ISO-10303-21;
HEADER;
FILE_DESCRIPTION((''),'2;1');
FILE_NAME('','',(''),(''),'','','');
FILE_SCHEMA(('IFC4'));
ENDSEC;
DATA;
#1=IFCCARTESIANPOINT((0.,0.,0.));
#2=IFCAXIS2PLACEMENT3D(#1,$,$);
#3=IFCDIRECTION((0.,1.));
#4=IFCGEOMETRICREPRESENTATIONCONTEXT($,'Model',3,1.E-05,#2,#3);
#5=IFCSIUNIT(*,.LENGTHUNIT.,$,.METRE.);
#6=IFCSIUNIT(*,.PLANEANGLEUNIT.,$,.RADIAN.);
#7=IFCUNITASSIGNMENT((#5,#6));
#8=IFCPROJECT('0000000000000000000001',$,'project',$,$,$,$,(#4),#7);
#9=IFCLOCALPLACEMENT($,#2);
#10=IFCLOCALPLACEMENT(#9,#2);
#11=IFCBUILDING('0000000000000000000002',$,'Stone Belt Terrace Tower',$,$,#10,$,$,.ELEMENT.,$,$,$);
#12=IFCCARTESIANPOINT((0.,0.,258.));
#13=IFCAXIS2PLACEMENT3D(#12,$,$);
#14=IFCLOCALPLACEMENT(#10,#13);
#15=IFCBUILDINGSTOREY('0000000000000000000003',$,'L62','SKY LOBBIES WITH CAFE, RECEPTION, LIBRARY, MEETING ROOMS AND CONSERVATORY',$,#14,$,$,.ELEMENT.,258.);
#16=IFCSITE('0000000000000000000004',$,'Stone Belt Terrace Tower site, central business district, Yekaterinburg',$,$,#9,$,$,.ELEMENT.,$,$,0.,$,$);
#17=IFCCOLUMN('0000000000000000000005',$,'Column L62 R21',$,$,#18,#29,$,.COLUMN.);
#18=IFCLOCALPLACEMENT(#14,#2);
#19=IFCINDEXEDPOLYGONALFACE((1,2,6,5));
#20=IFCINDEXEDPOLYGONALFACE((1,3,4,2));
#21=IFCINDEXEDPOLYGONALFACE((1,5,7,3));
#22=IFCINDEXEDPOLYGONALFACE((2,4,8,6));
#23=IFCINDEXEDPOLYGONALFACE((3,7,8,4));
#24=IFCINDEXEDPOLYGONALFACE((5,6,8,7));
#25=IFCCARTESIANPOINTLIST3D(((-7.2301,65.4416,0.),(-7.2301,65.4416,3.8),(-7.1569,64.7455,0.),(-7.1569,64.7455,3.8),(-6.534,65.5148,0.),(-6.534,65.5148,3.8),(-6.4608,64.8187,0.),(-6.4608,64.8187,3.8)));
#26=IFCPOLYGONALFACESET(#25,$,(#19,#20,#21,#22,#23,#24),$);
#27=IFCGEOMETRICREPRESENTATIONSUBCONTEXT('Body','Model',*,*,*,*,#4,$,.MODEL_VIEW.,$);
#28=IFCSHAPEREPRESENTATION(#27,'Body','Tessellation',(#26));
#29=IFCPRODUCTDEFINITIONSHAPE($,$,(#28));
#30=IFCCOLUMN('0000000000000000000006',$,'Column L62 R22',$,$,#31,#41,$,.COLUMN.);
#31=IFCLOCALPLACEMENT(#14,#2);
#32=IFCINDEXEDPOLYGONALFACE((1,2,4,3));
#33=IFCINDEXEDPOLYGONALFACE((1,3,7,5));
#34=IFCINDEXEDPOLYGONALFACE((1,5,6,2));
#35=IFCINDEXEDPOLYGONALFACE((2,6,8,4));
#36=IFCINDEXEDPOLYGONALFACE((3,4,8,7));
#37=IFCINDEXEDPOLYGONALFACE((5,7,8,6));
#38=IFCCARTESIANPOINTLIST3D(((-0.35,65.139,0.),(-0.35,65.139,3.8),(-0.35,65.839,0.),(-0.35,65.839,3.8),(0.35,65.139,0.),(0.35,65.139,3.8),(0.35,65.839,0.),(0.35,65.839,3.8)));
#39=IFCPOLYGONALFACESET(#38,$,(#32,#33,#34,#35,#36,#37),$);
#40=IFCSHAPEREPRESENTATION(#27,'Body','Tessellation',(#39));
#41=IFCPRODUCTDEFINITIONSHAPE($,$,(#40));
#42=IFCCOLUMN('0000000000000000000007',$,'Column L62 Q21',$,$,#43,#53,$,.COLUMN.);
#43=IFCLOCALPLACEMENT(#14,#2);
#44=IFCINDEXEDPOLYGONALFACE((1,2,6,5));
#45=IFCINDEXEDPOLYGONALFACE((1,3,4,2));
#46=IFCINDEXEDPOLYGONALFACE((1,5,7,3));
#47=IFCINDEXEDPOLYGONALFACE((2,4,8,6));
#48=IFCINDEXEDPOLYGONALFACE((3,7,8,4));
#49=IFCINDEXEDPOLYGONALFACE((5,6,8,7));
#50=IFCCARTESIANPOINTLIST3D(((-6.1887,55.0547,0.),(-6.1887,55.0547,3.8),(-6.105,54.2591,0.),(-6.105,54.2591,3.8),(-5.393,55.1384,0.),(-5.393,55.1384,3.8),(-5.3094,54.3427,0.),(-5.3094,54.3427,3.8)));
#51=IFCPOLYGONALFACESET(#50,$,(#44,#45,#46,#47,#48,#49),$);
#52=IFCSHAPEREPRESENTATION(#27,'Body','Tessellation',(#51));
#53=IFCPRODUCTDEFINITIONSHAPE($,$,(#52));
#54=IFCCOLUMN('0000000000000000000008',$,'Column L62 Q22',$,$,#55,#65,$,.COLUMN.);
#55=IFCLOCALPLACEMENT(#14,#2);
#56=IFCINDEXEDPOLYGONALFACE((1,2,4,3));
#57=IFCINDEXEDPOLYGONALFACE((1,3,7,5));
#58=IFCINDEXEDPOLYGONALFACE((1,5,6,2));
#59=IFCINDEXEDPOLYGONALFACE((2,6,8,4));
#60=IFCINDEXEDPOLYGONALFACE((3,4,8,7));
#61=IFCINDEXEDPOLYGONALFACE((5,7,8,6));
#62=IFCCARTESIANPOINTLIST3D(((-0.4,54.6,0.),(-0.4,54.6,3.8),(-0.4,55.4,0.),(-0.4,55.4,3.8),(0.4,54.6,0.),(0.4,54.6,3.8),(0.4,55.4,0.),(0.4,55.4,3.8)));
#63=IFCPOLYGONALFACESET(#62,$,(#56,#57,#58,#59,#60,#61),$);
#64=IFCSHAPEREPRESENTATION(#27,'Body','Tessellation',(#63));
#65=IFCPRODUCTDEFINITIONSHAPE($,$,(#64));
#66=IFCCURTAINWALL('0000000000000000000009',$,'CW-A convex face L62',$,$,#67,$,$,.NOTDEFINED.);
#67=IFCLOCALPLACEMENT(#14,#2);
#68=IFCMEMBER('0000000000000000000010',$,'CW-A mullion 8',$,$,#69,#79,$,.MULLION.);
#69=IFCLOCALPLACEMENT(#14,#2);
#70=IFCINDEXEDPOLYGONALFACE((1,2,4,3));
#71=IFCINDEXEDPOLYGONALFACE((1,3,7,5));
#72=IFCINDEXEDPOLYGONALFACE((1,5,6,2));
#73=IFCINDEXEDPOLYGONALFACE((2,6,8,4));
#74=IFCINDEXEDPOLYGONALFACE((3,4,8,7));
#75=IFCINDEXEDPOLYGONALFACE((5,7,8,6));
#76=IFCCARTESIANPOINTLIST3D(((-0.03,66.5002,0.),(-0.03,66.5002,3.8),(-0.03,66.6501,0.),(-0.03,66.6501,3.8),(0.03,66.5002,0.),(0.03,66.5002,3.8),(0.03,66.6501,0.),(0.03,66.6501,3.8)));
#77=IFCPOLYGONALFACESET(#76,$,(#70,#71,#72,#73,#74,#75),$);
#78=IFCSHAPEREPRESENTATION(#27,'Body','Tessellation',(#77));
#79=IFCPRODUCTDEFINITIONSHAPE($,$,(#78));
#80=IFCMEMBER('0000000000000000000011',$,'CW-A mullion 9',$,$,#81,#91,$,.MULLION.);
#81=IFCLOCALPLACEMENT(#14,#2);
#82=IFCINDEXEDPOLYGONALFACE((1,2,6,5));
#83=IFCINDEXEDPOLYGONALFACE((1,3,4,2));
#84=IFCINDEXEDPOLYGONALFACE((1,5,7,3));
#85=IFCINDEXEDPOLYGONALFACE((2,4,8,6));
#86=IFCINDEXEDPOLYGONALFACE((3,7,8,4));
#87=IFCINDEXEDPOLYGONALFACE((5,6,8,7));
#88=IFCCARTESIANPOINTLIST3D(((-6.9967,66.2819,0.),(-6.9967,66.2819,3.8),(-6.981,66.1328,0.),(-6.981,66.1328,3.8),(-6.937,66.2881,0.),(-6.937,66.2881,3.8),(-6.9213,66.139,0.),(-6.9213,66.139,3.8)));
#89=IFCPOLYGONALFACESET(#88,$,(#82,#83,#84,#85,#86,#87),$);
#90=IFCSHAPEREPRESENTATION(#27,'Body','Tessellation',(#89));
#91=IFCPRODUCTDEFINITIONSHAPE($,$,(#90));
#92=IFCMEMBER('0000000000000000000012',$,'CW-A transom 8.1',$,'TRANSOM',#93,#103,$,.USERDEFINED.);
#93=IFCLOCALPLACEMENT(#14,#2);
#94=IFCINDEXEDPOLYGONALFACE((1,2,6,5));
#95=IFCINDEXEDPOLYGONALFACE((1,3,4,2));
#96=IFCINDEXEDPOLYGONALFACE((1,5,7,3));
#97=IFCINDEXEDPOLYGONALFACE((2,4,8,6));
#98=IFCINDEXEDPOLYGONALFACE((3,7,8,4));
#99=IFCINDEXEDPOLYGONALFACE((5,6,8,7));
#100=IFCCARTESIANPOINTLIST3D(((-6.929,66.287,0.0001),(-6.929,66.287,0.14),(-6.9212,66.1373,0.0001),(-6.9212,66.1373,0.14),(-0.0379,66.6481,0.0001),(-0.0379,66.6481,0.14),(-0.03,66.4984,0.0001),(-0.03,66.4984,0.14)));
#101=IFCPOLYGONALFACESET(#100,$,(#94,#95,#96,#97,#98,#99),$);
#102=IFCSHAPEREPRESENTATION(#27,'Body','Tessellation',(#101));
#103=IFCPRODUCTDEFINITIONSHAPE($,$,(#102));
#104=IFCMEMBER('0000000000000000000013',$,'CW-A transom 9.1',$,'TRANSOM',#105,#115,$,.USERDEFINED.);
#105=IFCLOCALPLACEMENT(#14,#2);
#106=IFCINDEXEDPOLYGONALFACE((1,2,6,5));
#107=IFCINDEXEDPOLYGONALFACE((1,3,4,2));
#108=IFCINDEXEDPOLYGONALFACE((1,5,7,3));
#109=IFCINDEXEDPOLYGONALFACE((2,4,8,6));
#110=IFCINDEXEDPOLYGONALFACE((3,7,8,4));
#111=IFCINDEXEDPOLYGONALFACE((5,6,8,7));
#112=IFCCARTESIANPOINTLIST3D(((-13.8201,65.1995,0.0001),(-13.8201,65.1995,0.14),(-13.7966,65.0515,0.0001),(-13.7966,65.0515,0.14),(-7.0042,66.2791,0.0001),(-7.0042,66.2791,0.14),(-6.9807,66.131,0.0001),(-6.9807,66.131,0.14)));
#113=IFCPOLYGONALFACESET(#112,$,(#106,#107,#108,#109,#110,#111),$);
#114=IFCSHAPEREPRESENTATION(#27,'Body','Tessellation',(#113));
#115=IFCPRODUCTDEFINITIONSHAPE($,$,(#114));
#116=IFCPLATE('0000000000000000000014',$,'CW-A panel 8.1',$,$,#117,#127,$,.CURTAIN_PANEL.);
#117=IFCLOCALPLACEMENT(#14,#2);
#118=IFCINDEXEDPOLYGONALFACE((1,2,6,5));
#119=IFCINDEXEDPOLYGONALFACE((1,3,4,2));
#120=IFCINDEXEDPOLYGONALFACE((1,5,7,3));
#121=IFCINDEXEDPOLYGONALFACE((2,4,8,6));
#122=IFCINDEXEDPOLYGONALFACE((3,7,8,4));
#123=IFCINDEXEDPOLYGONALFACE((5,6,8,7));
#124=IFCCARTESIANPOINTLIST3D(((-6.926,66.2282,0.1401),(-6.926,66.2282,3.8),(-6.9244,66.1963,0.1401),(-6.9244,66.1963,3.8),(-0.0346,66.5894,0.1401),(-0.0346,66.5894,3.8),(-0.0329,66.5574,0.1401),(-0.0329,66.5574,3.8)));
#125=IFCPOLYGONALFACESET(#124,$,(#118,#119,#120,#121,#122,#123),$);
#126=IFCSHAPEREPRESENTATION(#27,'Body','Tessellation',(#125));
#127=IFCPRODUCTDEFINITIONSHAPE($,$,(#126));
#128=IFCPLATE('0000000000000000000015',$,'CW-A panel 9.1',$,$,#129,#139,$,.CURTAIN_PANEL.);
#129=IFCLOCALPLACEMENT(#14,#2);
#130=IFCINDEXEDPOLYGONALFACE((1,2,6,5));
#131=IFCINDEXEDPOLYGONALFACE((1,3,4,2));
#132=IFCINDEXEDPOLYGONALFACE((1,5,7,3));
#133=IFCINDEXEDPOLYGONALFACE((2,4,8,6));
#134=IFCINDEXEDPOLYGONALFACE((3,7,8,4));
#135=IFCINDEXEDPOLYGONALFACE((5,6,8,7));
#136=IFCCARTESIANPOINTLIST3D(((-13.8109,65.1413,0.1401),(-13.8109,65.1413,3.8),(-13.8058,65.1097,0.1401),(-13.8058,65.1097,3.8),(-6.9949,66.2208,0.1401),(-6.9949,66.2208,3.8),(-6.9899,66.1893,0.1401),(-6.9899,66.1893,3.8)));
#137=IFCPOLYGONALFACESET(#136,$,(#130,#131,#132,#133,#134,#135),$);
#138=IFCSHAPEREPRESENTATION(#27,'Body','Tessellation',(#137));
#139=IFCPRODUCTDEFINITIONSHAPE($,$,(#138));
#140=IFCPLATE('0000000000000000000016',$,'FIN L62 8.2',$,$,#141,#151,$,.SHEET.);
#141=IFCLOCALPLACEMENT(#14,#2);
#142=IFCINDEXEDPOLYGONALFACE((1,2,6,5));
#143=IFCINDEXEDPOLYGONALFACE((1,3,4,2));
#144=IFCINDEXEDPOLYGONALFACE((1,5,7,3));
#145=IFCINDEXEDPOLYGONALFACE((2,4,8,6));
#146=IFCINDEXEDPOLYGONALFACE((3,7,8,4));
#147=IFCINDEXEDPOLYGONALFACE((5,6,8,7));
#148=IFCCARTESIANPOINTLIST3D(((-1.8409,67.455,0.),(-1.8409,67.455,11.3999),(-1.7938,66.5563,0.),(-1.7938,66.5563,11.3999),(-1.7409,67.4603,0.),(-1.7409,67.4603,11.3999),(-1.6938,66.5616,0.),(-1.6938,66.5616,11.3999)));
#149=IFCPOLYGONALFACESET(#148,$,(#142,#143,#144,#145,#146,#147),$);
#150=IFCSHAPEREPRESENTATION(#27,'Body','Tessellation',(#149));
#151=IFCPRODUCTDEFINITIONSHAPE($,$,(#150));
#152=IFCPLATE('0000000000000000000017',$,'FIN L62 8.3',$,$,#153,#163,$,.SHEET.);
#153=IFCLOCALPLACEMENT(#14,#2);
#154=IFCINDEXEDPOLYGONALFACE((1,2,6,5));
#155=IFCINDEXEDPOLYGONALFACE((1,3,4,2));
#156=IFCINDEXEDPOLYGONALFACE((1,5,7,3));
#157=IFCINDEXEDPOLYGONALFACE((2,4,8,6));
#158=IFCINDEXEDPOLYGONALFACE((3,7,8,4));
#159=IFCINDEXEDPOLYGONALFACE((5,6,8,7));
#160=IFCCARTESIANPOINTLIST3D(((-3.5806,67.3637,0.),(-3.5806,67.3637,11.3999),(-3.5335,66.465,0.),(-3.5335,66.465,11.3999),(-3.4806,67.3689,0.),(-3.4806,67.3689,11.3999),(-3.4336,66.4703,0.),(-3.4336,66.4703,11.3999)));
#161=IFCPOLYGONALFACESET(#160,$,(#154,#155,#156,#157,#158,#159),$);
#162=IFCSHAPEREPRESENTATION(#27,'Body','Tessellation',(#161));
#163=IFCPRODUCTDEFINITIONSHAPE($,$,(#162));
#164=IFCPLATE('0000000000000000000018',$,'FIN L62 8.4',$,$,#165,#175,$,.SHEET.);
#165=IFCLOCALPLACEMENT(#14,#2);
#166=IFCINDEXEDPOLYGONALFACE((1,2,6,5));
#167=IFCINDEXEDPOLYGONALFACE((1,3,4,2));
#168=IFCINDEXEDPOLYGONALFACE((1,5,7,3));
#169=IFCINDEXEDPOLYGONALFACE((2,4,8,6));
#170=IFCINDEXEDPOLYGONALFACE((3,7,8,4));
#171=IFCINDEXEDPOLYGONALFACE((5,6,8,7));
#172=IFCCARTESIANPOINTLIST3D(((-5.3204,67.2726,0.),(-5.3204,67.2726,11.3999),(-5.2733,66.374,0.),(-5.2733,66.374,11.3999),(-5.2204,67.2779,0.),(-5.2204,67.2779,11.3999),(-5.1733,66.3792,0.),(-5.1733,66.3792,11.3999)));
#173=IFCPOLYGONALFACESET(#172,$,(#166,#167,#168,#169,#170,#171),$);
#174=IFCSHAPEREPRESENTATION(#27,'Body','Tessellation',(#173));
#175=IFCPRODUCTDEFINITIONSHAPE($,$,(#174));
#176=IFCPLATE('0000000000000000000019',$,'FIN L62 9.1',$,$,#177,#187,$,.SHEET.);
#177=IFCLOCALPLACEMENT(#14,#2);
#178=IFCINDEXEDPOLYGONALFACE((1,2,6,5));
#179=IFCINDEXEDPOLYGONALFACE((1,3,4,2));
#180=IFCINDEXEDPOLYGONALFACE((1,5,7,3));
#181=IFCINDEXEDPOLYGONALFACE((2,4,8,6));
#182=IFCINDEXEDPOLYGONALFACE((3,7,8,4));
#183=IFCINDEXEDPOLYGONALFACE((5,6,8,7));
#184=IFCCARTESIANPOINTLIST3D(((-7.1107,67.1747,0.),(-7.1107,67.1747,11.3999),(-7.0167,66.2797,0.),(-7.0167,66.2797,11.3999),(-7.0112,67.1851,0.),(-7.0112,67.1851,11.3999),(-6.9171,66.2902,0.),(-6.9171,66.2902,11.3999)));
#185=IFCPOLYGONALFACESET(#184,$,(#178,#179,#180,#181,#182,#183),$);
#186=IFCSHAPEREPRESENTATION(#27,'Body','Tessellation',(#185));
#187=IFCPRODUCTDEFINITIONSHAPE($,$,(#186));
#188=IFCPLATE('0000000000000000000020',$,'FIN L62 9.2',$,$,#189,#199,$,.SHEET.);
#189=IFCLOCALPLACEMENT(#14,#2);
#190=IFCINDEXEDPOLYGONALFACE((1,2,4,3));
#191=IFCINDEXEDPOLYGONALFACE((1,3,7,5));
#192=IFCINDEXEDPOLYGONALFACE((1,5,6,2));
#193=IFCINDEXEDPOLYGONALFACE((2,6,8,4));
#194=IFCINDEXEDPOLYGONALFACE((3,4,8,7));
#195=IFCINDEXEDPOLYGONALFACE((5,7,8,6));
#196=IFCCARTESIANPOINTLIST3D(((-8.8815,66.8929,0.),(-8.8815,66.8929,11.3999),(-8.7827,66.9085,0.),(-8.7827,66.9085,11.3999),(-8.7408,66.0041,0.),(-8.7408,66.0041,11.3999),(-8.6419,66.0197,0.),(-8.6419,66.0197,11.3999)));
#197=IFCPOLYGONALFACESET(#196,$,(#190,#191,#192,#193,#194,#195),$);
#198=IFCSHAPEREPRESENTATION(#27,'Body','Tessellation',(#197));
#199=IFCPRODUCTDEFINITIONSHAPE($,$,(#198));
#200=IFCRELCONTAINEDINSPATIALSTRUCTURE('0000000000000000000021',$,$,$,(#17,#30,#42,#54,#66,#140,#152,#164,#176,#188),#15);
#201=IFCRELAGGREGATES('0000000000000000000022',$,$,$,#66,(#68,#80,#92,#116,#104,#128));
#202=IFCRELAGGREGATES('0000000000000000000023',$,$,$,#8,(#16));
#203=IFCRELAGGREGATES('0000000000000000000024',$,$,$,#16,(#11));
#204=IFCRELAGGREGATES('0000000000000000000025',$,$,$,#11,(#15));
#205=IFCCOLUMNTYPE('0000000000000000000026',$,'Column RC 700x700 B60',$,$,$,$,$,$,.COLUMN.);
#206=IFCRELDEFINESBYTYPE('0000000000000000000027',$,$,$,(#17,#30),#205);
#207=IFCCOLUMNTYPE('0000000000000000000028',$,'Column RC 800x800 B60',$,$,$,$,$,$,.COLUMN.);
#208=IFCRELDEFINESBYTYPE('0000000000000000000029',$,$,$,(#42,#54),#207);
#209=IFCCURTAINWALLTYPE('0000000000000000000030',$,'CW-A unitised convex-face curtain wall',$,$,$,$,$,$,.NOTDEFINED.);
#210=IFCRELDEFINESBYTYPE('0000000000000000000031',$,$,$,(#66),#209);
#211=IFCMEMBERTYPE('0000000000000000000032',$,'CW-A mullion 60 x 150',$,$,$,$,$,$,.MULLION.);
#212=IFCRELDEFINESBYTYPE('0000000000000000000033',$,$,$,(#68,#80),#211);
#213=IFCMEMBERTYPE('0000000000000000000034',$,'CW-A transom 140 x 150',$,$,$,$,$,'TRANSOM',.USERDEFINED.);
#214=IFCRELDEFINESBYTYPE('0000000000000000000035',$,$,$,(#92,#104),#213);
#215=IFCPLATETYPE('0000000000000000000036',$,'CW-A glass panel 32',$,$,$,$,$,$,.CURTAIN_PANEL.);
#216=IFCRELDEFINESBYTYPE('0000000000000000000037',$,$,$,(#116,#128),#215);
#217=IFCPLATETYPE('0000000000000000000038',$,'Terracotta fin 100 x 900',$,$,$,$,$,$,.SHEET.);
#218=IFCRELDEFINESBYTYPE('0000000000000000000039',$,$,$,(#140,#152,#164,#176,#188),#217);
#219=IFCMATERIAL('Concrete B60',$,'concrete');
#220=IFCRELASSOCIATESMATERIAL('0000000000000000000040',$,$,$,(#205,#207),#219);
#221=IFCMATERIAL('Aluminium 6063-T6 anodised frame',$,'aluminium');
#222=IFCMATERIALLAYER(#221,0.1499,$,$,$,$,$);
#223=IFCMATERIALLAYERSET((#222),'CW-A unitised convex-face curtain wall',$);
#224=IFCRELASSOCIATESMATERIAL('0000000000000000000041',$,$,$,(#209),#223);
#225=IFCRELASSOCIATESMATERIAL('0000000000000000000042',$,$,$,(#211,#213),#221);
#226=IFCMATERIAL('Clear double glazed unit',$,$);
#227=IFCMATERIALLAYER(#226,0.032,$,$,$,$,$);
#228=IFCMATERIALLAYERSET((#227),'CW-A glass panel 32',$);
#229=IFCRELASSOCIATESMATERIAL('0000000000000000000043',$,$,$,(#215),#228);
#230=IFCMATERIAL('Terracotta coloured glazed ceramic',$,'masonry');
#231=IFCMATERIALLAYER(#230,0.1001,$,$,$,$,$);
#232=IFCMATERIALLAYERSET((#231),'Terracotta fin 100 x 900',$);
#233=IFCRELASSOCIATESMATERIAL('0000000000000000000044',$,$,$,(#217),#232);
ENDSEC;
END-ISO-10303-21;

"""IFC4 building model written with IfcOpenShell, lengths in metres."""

from ifc_helpers import new_model, si_unit, direction, frame, origin, origin_2d, place, context, subcontext, project, spatial, rectangle, extrude, material, layer, layer_set, material_profile, profile_set, type_object, element, aggregate, save


model = new_model("IFC4")

# Units and contexts
model_context = context("Model", 3, precision=1e-05, world=origin(), true_north=direction((0.0, 1.0)))
body_context = subcontext(model_context, "Body", "Model", "MODEL_VIEW")
ifc_project = project(units=[si_unit("LENGTHUNIT", "METRE"), si_unit("PLANEANGLEUNIT", "RADIAN")], contexts=[model_context])

# Site, building, storey
site_placement = place(None, origin())
site = spatial("IfcSite", under=ifc_project, at=site_placement, Name="Stone Belt Terrace Tower site, central business district, Yekaterinburg", CompositionType="ELEMENT", RefElevation=0.0)
building_placement = place(site_placement, origin())
building = spatial("IfcBuilding", under=site, at=building_placement, Name="Stone Belt Terrace Tower", CompositionType="ELEMENT")
storey_placement = place(building_placement, frame((0.0, 0.0, 258.0)))
storey = spatial("IfcBuildingStorey", under=building, at=storey_placement, Name="L62", Description="SKY LOBBIES WITH CAFE, RECEPTION, LIBRARY, MEETING ROOMS AND CONSERVATORY", CompositionType="ELEMENT", Elevation=258.0)

# Columns
ifc_material_1 = material(Name="Concrete B60", Category="concrete")
ifc_material_profile_1 = material_profile(ifc_material_1, rectangle(XDim=0.7, YDim=0.7, at=origin_2d()), Name="RC 700x700")
ifc_profile_set_1 = profile_set([ifc_material_profile_1], Name="Concrete B60")
column_type_1 = type_object("IfcColumnType", Name="Column RC 700x700 B60", PredefinedType="COLUMN", material=ifc_profile_set_1)
for number, where, z_axis, x_axis, name in (
    (1, (-6.8455, 65.1301, 0.0), (0.0, 0.0, 1.0), (0.994522, 0.104528, 0.0), "Column L62 R21"),
    (2, (0.0, 65.489, 0.0), (0.0, 0.0, 1.0), (1.0, 0.0, 0.0), "Column L62 R22"),
):
    element("IfcColumn", number, at=place(storey_placement, frame(where, z_axis=z_axis, x_axis=x_axis)), inside=storey, type_object=column_type_1, Name=name, PredefinedType="COLUMN", context=body_context, shape_type="SweptSolid", body=[
        extrude(rectangle(XDim=0.7, YDim=0.7, at=origin_2d()), origin(), (0.0, 0.0, 1.0), 3.8),
    ])
ifc_material_profile_2 = material_profile(ifc_material_1, rectangle(XDim=0.8, YDim=0.8, at=origin_2d()), Name="RC 800x800")
ifc_profile_set_2 = profile_set([ifc_material_profile_2], Name="Concrete B60")
column_type_2 = type_object("IfcColumnType", Name="Column RC 800x800 B60", PredefinedType="COLUMN", material=ifc_profile_set_2)
for number, where, z_axis, x_axis, name in (
    (3, (-5.749, 54.6987, 0.0), (0.0, 0.0, 1.0), (0.994522, 0.104528, 0.0), "Column L62 Q21"),
    (4, (0.0, 55.0, 0.0), (0.0, 0.0, 1.0), (1.0, 0.0, 0.0), "Column L62 Q22"),
):
    element("IfcColumn", number, at=place(storey_placement, frame(where, z_axis=z_axis, x_axis=x_axis)), inside=storey, type_object=column_type_2, Name=name, PredefinedType="COLUMN", context=body_context, shape_type="SweptSolid", body=[
        extrude(rectangle(XDim=0.8, YDim=0.8, at=origin_2d()), origin(), (0.0, 0.0, 1.0), 3.8),
    ])

# Curtain wall, members, plates
ifc_material_2 = material(Name="Aluminium 6063-T6 anodised frame", Category="aluminium")
ifc_layer_1 = layer(ifc_material_2, 0.1499)
ifc_layer_set_1 = layer_set([ifc_layer_1], Name="CW-A unitised convex-face curtain wall")
curtain_wall_type = type_object("IfcCurtainWallType", Name="CW-A unitised convex-face curtain wall", PredefinedType="NOTDEFINED", material=ifc_layer_set_1)
curtain_wall_placement = place(storey_placement, origin())
curtain_wall = element("IfcCurtainWall", 5, at=curtain_wall_placement, inside=storey, type_object=curtain_wall_type, Name="CW-A convex face L62", PredefinedType="NOTDEFINED")
ifc_material_profile_3 = material_profile(ifc_material_2, rectangle(XDim=0.1499, YDim=0.0601, at=origin_2d()), Name="Aluminium 6063-T6 60x150")
ifc_profile_set_3 = profile_set([ifc_material_profile_3], Name="Aluminium 6063-T6 anodised frame")
member_type_1 = type_object("IfcMemberType", Name="CW-A mullion 60 x 150", PredefinedType="MULLION", material=ifc_profile_set_3)
member_1_placement = place(storey_placement, frame((0.0, 66.5752, 0.0), z_axis=(0.0, 0.0, 1.0), x_axis=(0.0, -1.0, 0.0)))
member_1 = element("IfcMember", 6, at=member_1_placement, type_object=member_type_1, Name="CW-A mullion 8", PredefinedType="MULLION", context=body_context, shape_type="SweptSolid", body=[
    extrude(rectangle(XDim=0.1499, YDim=0.0601, at=origin_2d()), origin(), (0.0, 0.0, 1.0), 3.8),
])
member_2_placement = place(storey_placement, frame((-6.959, 66.2104, 0.0), z_axis=(0.0, 0.0, 1.0), x_axis=(0.104528, -0.994522, 0.0)))
member_2 = element("IfcMember", 7, at=member_2_placement, type_object=member_type_1, Name="CW-A mullion 9", PredefinedType="MULLION", context=body_context, shape_type="SweptSolid", body=[
    extrude(rectangle(XDim=0.1499, YDim=0.0601, at=origin_2d()), origin(), (0.0, 0.0, 1.0), 3.8),
])
ifc_material_profile_4 = material_profile(ifc_material_2, rectangle(XDim=0.1499, YDim=0.1399, at=origin_2d()), Name="Aluminium 6063-T6 150x140")
ifc_profile_set_4 = profile_set([ifc_material_profile_4], Name="Aluminium 6063-T6 anodised frame")
member_type_2 = type_object("IfcMemberType", Name="CW-A transom 140 x 150", ElementType="TRANSOM", PredefinedType="USERDEFINED", material=ifc_profile_set_4)
member_3_placement = place(storey_placement, frame((-0.0339, 66.5732, 0.0701), z_axis=(-0.99863, -0.052327, 0.0), x_axis=(0.052327, -0.99863, 0.0)))
member_3 = element("IfcMember", 8, at=member_3_placement, type_object=member_type_2, Name="CW-A transom 8.1", ObjectType="TRANSOM", PredefinedType="USERDEFINED", context=body_context, shape_type="SweptSolid", body=[
    extrude(rectangle(XDim=0.1499, YDim=0.1399, at=origin_2d()), origin(), (0.0, 0.0, 1.0), 6.9006),
])
member_4_placement = place(storey_placement, frame((-6.9924, 66.2051, 0.0701), z_axis=(-0.987687, -0.156442, 0.0), x_axis=(0.156442, -0.987687, 0.0)))
member_4 = element("IfcMember", 9, at=member_4_placement, type_object=member_type_2, Name="CW-A transom 9.1", ObjectType="TRANSOM", PredefinedType="USERDEFINED", context=body_context, shape_type="SweptSolid", body=[
    extrude(rectangle(XDim=0.1499, YDim=0.1399, at=origin_2d()), origin(), (0.0, 0.0, 1.0), 6.9009),
])
ifc_material_3 = material(Name="Clear double glazed unit")
ifc_layer_2 = layer(ifc_material_3, 0.032)
ifc_layer_set_2 = layer_set([ifc_layer_2], Name="CW-A glass panel 32")
plate_type_1 = type_object("IfcPlateType", Name="CW-A glass panel 32", PredefinedType="CURTAIN_PANEL", material=ifc_layer_set_2)
plate_1_placement = place(storey_placement, frame((-3.4795, 66.3928, 0.1401), z_axis=(0.0, 0.0, 1.0), x_axis=(-0.99863, -0.052336, 0.0)))
plate_1 = element("IfcPlate", 10, at=plate_1_placement, type_object=plate_type_1, Name="CW-A panel 8.1", PredefinedType="CURTAIN_PANEL", context=body_context, shape_type="SweptSolid", body=[
    extrude(rectangle(XDim=6.9009, YDim=0.032, at=origin_2d()), origin(), (0.0, 0.0, 1.0), 3.6599),
])
plate_2_placement = place(storey_placement, frame((-10.4004, 65.6653, 0.1401), z_axis=(0.0, 0.0, 1.0), x_axis=(-0.987688, -0.156434, 0.0)))
plate_2 = element("IfcPlate", 11, at=plate_2_placement, type_object=plate_type_1, Name="CW-A panel 9.1", PredefinedType="CURTAIN_PANEL", context=body_context, shape_type="SweptSolid", body=[
    extrude(rectangle(XDim=6.9009, YDim=0.032, at=origin_2d()), origin(), (0.0, 0.0, 1.0), 3.6599),
])
aggregate(curtain_wall, [member_1, member_2, member_3, plate_1, member_4, plate_2])

# Plates
ifc_material_4 = material(Name="Terracotta coloured glazed ceramic", Category="masonry")
ifc_layer_3 = layer(ifc_material_4, 0.1001)
ifc_layer_set_3 = layer_set([ifc_layer_3], Name="Terracotta fin 100 x 900")
plate_type_2 = type_object("IfcPlateType", Name="Terracotta fin 100 x 900", PredefinedType="SHEET", material=ifc_layer_set_3)
for number, where, z_axis, x_axis, name in (
    (12, (-1.7673, 67.0083, 0.0), (0.0, 0.0, 1.0), (-0.052336, 0.99863, 0.0), "FIN L62 8.2"),
    (13, (-3.5071, 66.917, 0.0), (0.0, 0.0, 1.0), (-0.052336, 0.99863, 0.0), "FIN L62 8.3"),
    (14, (-5.2468, 66.8259, 0.0), (0.0, 0.0, 1.0), (-0.052336, 0.99863, 0.0), "FIN L62 8.4"),
    (15, (-7.0139, 66.7324, 0.0), (0.0, 0.0, 1.0), (-0.104528, 0.994522, 0.0), "FIN L62 9.1"),
    (16, (-8.7617, 66.4563, 0.0), (0.0, 0.0, 1.0), (-0.156434, 0.987688, 0.0), "FIN L62 9.2"),
):
    element("IfcPlate", number, at=place(storey_placement, frame(where, z_axis=z_axis, x_axis=x_axis)), inside=storey, type_object=plate_type_2, Name=name, PredefinedType="SHEET", context=body_context, shape_type="SweptSolid", body=[
        extrude(rectangle(XDim=0.8999, YDim=0.1001, at=origin_2d()), origin(), (0.0, 0.0, 1.0), 11.3999),
    ])

save(model, "model.ifc")
